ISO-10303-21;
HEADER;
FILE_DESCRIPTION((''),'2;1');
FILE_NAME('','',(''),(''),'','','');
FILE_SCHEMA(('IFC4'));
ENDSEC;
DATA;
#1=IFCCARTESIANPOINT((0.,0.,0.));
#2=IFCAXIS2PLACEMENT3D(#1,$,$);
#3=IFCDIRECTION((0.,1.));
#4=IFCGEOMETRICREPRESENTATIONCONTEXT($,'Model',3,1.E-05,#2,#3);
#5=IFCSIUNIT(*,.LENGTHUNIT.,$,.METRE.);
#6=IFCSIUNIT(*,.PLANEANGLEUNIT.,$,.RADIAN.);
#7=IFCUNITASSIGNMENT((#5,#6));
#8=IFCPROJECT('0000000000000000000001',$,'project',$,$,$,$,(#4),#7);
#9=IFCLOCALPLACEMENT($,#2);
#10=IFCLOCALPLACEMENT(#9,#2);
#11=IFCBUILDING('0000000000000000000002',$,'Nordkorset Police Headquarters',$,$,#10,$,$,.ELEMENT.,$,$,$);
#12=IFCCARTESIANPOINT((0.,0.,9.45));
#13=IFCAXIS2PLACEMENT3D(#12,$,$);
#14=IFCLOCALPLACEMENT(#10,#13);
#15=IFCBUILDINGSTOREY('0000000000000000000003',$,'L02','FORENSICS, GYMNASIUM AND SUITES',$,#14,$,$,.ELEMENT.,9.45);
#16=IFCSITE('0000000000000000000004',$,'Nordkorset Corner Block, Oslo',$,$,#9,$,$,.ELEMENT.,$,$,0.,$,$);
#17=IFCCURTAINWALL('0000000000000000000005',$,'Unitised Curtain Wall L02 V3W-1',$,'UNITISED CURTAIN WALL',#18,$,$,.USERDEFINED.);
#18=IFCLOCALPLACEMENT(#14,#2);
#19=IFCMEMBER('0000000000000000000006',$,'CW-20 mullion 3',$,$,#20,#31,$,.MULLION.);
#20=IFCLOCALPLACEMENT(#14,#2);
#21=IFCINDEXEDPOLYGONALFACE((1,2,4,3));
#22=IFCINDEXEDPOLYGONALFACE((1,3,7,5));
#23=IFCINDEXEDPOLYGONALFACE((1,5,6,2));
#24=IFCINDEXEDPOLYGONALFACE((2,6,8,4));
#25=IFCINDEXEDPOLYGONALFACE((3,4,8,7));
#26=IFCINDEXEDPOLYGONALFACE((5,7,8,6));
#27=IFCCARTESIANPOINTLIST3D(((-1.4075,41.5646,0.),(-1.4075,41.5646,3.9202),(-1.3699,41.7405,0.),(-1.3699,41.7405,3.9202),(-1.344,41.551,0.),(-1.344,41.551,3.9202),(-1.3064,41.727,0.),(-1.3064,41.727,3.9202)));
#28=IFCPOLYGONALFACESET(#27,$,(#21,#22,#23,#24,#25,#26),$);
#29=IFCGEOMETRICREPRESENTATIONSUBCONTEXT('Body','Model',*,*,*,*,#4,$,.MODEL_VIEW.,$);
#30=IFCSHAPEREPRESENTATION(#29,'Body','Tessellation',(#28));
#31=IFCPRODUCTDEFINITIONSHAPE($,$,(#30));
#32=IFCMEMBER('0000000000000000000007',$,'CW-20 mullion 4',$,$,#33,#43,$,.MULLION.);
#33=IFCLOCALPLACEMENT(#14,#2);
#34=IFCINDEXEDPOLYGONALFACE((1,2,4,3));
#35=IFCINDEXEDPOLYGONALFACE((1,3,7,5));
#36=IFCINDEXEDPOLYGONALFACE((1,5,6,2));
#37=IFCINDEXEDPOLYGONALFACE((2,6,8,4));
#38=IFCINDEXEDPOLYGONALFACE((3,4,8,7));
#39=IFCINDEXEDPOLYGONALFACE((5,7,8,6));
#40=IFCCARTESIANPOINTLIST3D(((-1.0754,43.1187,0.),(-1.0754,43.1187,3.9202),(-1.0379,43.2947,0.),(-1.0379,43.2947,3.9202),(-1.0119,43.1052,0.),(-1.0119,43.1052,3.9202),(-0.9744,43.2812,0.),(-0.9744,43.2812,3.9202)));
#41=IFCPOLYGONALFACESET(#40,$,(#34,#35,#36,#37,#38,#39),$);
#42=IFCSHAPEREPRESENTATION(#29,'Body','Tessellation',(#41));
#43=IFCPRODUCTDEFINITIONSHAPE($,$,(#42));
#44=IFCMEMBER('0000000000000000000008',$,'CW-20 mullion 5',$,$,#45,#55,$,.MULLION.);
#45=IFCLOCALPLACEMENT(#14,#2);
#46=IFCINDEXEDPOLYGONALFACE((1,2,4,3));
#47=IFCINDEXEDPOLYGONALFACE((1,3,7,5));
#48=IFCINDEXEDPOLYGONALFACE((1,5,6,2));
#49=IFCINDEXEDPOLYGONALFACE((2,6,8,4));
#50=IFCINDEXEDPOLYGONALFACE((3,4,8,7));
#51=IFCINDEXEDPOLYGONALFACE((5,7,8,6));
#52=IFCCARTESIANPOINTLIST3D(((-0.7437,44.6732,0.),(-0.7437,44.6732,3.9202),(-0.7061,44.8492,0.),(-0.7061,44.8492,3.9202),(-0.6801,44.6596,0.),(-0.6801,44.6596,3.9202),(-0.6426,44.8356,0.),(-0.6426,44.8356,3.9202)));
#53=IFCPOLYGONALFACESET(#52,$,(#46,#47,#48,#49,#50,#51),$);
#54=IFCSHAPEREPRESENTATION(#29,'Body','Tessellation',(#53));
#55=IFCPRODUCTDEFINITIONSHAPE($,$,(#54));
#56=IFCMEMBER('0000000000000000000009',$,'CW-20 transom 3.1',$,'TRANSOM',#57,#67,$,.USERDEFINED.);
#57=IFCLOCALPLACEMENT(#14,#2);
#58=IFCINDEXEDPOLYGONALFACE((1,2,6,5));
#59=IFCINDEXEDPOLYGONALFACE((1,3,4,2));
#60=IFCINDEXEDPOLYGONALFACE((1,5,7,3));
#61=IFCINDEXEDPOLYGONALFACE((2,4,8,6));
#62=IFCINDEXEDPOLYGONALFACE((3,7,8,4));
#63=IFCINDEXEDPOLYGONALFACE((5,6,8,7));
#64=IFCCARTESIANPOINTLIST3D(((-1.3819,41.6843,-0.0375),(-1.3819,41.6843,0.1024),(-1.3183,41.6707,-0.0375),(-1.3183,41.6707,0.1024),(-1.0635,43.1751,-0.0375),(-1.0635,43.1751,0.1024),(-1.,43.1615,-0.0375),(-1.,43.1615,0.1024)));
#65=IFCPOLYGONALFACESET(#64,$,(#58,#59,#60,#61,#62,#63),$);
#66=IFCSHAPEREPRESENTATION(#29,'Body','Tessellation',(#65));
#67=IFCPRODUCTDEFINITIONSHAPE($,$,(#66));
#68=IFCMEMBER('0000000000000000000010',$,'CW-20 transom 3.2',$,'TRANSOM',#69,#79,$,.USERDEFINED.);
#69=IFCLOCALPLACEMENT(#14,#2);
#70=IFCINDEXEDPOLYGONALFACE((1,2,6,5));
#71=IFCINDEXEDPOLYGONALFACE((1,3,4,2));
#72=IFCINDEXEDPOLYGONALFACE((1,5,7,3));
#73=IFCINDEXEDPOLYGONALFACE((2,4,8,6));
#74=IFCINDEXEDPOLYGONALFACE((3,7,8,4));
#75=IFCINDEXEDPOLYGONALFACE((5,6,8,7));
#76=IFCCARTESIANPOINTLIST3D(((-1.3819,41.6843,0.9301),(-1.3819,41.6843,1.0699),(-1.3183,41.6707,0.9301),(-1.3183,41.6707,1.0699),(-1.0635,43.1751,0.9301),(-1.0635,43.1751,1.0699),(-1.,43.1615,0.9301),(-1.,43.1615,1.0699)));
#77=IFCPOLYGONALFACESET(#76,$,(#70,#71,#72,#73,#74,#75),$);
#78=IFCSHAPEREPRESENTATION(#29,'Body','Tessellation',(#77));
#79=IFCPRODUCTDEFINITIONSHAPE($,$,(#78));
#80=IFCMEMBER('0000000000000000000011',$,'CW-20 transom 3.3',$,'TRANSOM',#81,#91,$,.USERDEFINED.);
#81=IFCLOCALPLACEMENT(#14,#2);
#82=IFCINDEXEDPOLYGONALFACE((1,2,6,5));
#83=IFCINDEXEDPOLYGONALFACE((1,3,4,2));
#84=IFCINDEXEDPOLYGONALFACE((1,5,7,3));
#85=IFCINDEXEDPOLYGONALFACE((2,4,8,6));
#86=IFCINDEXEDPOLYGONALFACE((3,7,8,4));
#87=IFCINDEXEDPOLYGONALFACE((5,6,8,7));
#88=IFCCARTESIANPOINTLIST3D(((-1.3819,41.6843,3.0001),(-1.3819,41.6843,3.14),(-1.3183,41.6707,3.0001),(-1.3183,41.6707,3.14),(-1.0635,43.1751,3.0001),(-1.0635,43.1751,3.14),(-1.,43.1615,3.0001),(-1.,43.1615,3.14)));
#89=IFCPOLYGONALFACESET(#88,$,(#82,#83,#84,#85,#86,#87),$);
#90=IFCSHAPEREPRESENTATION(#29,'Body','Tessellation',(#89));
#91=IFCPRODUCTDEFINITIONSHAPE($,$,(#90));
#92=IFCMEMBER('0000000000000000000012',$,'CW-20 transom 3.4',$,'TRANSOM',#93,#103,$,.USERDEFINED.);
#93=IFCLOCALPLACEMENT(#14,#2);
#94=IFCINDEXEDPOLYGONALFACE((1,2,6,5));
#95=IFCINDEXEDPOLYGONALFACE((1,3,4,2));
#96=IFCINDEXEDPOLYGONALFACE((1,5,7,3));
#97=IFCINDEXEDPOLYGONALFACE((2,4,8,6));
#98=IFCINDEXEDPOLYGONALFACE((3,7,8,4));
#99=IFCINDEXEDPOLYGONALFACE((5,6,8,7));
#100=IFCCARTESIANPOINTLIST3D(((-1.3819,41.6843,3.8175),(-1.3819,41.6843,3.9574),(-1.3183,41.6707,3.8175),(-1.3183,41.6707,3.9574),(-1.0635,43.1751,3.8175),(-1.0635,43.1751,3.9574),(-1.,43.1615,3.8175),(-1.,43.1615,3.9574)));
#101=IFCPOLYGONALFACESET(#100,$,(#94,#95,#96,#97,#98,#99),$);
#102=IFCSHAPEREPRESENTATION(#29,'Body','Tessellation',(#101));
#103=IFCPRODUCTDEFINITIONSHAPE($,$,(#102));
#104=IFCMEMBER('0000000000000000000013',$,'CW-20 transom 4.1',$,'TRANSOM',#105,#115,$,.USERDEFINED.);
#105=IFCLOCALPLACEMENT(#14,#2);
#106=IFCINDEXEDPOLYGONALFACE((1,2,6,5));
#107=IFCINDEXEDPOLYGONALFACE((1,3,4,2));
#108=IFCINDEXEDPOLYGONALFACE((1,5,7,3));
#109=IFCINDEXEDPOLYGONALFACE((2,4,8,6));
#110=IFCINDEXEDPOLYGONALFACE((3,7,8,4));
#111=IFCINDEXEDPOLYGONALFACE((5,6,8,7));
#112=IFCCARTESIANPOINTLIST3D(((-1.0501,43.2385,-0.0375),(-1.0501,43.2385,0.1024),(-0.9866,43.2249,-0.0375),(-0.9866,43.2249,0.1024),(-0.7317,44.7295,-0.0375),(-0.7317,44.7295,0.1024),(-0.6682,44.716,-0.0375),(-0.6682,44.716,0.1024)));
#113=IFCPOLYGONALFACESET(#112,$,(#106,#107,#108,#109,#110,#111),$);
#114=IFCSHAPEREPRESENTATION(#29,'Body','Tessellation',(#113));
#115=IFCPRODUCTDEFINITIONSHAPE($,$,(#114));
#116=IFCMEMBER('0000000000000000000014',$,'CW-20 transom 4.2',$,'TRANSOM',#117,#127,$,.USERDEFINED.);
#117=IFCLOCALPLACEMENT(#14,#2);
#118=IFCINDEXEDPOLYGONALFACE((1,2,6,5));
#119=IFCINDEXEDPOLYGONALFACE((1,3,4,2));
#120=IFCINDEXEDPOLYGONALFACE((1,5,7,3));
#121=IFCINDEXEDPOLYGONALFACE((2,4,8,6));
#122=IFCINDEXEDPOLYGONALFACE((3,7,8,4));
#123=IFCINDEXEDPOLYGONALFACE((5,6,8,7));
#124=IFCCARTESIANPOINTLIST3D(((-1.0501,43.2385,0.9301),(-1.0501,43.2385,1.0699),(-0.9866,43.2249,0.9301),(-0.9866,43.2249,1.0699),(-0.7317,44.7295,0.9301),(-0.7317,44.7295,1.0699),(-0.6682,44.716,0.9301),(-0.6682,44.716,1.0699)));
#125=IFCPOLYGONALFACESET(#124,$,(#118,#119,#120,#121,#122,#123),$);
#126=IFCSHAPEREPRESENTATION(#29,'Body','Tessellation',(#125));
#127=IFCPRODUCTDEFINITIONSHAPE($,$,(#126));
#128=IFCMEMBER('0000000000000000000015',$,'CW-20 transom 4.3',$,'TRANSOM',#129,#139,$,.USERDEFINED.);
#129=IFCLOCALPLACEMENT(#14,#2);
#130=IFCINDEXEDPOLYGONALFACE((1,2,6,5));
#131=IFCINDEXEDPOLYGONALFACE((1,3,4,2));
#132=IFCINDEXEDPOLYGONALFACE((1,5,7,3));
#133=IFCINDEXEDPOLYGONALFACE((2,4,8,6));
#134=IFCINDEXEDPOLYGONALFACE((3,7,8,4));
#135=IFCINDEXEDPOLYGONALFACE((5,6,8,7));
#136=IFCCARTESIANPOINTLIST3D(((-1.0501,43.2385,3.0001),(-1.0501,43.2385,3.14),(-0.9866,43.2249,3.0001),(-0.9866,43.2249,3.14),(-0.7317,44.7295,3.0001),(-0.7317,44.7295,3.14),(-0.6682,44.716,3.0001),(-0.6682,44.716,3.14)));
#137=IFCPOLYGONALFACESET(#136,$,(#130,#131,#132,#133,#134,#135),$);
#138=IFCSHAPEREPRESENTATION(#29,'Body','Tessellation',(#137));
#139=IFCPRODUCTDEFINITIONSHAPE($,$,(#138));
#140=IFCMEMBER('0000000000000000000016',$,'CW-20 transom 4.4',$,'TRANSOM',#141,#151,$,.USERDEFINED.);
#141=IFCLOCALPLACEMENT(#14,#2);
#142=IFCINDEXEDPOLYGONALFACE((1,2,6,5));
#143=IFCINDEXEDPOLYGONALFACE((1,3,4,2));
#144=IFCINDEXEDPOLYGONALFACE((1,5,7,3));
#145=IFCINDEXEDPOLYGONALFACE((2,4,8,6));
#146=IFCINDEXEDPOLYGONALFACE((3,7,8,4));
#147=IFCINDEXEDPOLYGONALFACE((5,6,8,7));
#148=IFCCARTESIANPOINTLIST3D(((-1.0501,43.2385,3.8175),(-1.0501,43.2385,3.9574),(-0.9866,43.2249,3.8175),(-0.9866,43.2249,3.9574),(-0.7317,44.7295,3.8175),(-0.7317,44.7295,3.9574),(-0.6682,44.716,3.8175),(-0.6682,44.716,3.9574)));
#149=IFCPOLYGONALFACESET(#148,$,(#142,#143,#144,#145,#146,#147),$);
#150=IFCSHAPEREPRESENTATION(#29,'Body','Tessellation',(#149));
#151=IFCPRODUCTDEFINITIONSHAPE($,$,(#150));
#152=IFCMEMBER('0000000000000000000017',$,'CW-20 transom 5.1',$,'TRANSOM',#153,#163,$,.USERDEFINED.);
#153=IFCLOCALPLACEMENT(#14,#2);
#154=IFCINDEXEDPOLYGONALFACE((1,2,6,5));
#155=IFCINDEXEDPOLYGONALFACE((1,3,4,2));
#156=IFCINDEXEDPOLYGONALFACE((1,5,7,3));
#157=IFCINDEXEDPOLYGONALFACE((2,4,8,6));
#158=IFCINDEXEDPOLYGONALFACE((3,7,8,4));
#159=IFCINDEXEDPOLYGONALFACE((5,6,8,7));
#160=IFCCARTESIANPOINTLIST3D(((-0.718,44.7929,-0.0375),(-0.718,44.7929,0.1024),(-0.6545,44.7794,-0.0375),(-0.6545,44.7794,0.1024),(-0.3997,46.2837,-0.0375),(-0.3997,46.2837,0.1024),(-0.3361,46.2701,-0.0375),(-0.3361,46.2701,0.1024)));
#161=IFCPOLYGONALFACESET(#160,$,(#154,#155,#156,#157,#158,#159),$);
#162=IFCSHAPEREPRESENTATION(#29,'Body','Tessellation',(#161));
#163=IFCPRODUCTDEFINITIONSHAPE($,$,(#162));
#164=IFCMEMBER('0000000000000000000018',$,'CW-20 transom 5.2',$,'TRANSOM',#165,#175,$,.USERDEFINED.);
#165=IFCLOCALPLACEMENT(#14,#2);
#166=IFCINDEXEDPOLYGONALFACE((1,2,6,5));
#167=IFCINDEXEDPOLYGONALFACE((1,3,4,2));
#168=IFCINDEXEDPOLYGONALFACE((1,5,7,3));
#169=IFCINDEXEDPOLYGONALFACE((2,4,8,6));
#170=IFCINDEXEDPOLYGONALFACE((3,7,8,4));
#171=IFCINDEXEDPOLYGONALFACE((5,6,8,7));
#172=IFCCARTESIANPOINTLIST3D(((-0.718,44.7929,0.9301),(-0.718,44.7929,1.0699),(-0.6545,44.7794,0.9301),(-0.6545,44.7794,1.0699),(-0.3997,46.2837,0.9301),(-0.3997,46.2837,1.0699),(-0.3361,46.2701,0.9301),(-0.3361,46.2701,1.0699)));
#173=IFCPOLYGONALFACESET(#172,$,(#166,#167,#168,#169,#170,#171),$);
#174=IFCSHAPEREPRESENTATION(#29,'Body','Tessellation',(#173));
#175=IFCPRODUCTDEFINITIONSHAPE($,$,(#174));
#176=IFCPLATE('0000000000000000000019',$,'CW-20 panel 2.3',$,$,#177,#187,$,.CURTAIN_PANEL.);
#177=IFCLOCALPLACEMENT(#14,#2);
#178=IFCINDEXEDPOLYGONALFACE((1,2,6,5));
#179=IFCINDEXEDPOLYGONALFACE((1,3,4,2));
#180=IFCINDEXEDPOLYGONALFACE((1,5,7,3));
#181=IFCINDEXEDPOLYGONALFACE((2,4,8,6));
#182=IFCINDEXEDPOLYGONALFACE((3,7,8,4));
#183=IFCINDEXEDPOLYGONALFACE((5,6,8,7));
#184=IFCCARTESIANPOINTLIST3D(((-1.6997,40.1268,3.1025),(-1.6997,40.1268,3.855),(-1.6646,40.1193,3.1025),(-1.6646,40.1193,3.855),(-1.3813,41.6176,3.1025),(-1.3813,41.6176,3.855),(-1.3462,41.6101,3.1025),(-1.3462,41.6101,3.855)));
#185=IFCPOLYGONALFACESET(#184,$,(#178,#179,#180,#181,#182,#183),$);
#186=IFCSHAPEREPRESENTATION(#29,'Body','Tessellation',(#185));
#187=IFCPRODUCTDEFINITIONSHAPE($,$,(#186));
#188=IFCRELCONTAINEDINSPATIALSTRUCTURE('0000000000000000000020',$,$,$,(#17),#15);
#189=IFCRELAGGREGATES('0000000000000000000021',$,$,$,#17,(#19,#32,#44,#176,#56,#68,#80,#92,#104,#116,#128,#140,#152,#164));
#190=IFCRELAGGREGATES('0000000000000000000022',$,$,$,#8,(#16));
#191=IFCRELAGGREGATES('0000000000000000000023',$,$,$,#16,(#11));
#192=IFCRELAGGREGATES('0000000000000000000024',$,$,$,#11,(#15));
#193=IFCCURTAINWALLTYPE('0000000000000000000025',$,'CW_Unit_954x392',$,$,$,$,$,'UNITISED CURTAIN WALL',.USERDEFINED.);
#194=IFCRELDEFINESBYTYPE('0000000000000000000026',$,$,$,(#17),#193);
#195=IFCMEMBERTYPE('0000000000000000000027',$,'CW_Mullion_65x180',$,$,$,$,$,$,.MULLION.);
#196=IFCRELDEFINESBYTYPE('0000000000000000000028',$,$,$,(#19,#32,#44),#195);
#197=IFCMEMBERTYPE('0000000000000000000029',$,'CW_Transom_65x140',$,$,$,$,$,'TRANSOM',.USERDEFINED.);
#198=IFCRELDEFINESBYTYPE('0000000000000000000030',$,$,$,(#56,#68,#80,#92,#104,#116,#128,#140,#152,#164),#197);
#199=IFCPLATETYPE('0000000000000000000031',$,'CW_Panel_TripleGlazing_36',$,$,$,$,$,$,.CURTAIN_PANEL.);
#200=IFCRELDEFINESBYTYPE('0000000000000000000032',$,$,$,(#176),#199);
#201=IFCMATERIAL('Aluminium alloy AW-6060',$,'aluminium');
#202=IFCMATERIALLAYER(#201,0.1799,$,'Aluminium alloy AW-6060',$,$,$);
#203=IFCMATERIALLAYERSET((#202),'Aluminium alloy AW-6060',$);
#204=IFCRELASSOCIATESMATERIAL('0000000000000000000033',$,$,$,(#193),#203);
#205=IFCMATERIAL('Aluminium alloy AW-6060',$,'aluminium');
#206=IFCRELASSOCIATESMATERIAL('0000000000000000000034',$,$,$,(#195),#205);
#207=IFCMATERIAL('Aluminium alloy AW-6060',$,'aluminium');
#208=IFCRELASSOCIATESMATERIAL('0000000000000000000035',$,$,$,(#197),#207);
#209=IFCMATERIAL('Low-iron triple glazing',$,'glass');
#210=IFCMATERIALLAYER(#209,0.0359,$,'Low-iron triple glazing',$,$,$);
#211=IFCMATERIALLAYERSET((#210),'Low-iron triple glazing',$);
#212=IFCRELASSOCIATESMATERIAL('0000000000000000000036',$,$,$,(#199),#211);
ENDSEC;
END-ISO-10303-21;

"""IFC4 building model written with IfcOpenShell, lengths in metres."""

from ifc_helpers import new_model, si_unit, direction, frame, origin, origin_2d, place, context, subcontext, project, spatial, rectangle, extrude, material, layer, layer_set, material_profile, profile_set, type_object, element, aggregate, save


model = new_model("IFC4")

# Units and contexts
model_context = context("Model", 3, precision=1e-05, world=origin(), true_north=direction((0.0, 1.0)))
body_context = subcontext(model_context, "Body", "Model", "MODEL_VIEW")
ifc_project = project(units=[si_unit("LENGTHUNIT", "METRE"), si_unit("PLANEANGLEUNIT", "RADIAN")], contexts=[model_context])

# Site, building, storey
site_placement = place(None, origin())
site = spatial("IfcSite", under=ifc_project, at=site_placement, Name="Nordkorset Corner Block, Oslo", CompositionType="ELEMENT", RefElevation=0.0)
building_placement = place(site_placement, origin())
building = spatial("IfcBuilding", under=site, at=building_placement, Name="Nordkorset Police Headquarters", CompositionType="ELEMENT")
storey_placement = place(building_placement, frame((0.0, 0.0, 9.45)))
storey = spatial("IfcBuildingStorey", under=building, at=storey_placement, Name="L02", Description="FORENSICS, GYMNASIUM AND SUITES", CompositionType="ELEMENT", Elevation=9.45)

# Curtain wall, members, plate
ifc_material_1 = material(Name="Aluminium alloy AW-6060", Category="aluminium")
ifc_layer_1 = layer(ifc_material_1, 0.1799, Name="Aluminium alloy AW-6060")
ifc_layer_set_1 = layer_set([ifc_layer_1], Name="Aluminium alloy AW-6060")
curtain_wall_type = type_object("IfcCurtainWallType", Name="CW_Unit_954x392", ElementType="UNITISED CURTAIN WALL", PredefinedType="USERDEFINED", material=ifc_layer_set_1)
curtain_wall_placement = place(storey_placement, origin())
curtain_wall = element("IfcCurtainWall", 1, at=curtain_wall_placement, inside=storey, type_object=curtain_wall_type, Name="Unitised Curtain Wall L02 V3W-1", ObjectType="UNITISED CURTAIN WALL", PredefinedType="USERDEFINED")
ifc_material_2 = material(Name="Aluminium alloy AW-6060", Category="aluminium")
ifc_material_profile_1 = material_profile(ifc_material_2, rectangle(XDim=0.0649, YDim=0.1799, at=origin_2d()), Name="ALU MULL 65x180")
ifc_profile_set_1 = profile_set([ifc_material_profile_1], Name="Aluminium alloy AW-6060")
member_type_1 = type_object("IfcMemberType", Name="CW_Mullion_65x180", PredefinedType="MULLION", material=ifc_profile_set_1)
member_1_placement = place(storey_placement, frame((-1.3569, 41.6458, 0.0), z_axis=(0.0, 0.0, 1.0), x_axis=(-0.977951, 0.208833, 0.0)))
member_1 = element("IfcMember", 2, at=member_1_placement, type_object=member_type_1, Name="CW-20 mullion 3", PredefinedType="MULLION", context=body_context, shape_type="SweptSolid", body=[
    extrude(rectangle(XDim=0.0649, YDim=0.1799, at=origin_2d()), origin(), (0.0, 0.0, 1.0), 3.9202),
])
member_2_placement = place(storey_placement, frame((-1.0249, 43.2, 0.0), z_axis=(0.0, 0.0, 1.0), x_axis=(-0.977951, 0.208833, 0.0)))
member_2 = element("IfcMember", 3, at=member_2_placement, type_object=member_type_1, Name="CW-20 mullion 4", PredefinedType="MULLION", context=body_context, shape_type="SweptSolid", body=[
    extrude(rectangle(XDim=0.0649, YDim=0.1799, at=origin_2d()), origin(), (0.0, 0.0, 1.0), 3.9202),
])
member_3_placement = place(storey_placement, frame((-0.6931, 44.7544, 0.0), z_axis=(0.0, 0.0, 1.0), x_axis=(-0.977951, 0.208833, 0.0)))
member_3 = element("IfcMember", 4, at=member_3_placement, type_object=member_type_1, Name="CW-20 mullion 5", PredefinedType="MULLION", context=body_context, shape_type="SweptSolid", body=[
    extrude(rectangle(XDim=0.0649, YDim=0.1799, at=origin_2d()), origin(), (0.0, 0.0, 1.0), 3.9202),
])
ifc_material_3 = material(Name="Aluminium alloy AW-6060", Category="aluminium")
ifc_material_profile_2 = material_profile(ifc_material_3, rectangle(XDim=0.0649, YDim=0.1399, at=origin_2d()), Name="ALU TRAN 65x140")
ifc_profile_set_2 = profile_set([ifc_material_profile_2], Name="Aluminium alloy AW-6060")
member_type_2 = type_object("IfcMemberType", Name="CW_Transom_65x140", ElementType="TRANSOM", PredefinedType="USERDEFINED", material=ifc_profile_set_2)
member_4_placement = place(storey_placement, frame((-1.3501, 41.6775, 0.0325), z_axis=(0.208851, 0.977947, 0.0), x_axis=(-0.977947, 0.208851, 0.0)))
member_4 = element("IfcMember", 5, at=member_4_placement, type_object=member_type_2, Name="CW-20 transom 3.1", ObjectType="TRANSOM", PredefinedType="USERDEFINED", context=body_context, shape_type="SweptSolid", body=[
    extrude(rectangle(XDim=0.0649, YDim=0.1399, at=origin_2d()), origin(), (0.0, 0.0, 1.0), 1.5244),
])
member_5_placement = place(storey_placement, frame((-1.3501, 41.6775, 1.0), z_axis=(0.208851, 0.977947, 0.0), x_axis=(-0.977947, 0.208851, 0.0)))
member_5 = element("IfcMember", 6, at=member_5_placement, type_object=member_type_2, Name="CW-20 transom 3.2", ObjectType="TRANSOM", PredefinedType="USERDEFINED", context=body_context, shape_type="SweptSolid", body=[
    extrude(rectangle(XDim=0.0649, YDim=0.1399, at=origin_2d()), origin(), (0.0, 0.0, 1.0), 1.5244),
])
member_6_placement = place(storey_placement, frame((-1.3501, 41.6775, 3.0701), z_axis=(0.208851, 0.977947, 0.0), x_axis=(-0.977947, 0.208851, 0.0)))
member_6 = element("IfcMember", 7, at=member_6_placement, type_object=member_type_2, Name="CW-20 transom 3.3", ObjectType="TRANSOM", PredefinedType="USERDEFINED", context=body_context, shape_type="SweptSolid", body=[
    extrude(rectangle(XDim=0.0649, YDim=0.1399, at=origin_2d()), origin(), (0.0, 0.0, 1.0), 1.5244),
])
member_7_placement = place(storey_placement, frame((-1.3501, 41.6775, 3.8875), z_axis=(0.208851, 0.977947, 0.0), x_axis=(-0.977947, 0.208851, 0.0)))
member_7 = element("IfcMember", 8, at=member_7_placement, type_object=member_type_2, Name="CW-20 transom 3.4", ObjectType="TRANSOM", PredefinedType="USERDEFINED", context=body_context, shape_type="SweptSolid", body=[
    extrude(rectangle(XDim=0.0649, YDim=0.1399, at=origin_2d()), origin(), (0.0, 0.0, 1.0), 1.5244),
])
member_8_placement = place(storey_placement, frame((-1.0183, 43.2317, 0.0325), z_axis=(0.208818, 0.977954, 0.0), x_axis=(-0.977954, 0.208818, 0.0)))
member_8 = element("IfcMember", 9, at=member_8_placement, type_object=member_type_2, Name="CW-20 transom 4.1", ObjectType="TRANSOM", PredefinedType="USERDEFINED", context=body_context, shape_type="SweptSolid", body=[
    extrude(rectangle(XDim=0.0649, YDim=0.1399, at=origin_2d()), origin(), (0.0, 0.0, 1.0), 1.5247),
])
member_9_placement = place(storey_placement, frame((-1.0183, 43.2317, 1.0), z_axis=(0.208818, 0.977954, 0.0), x_axis=(-0.977954, 0.208818, 0.0)))
member_9 = element("IfcMember", 10, at=member_9_placement, type_object=member_type_2, Name="CW-20 transom 4.2", ObjectType="TRANSOM", PredefinedType="USERDEFINED", context=body_context, shape_type="SweptSolid", body=[
    extrude(rectangle(XDim=0.0649, YDim=0.1399, at=origin_2d()), origin(), (0.0, 0.0, 1.0), 1.5247),
])
member_10_placement = place(storey_placement, frame((-1.0183, 43.2317, 3.0701), z_axis=(0.208818, 0.977954, 0.0), x_axis=(-0.977954, 0.208818, 0.0)))
member_10 = element("IfcMember", 11, at=member_10_placement, type_object=member_type_2, Name="CW-20 transom 4.3", ObjectType="TRANSOM", PredefinedType="USERDEFINED", context=body_context, shape_type="SweptSolid", body=[
    extrude(rectangle(XDim=0.0649, YDim=0.1399, at=origin_2d()), origin(), (0.0, 0.0, 1.0), 1.5247),
])
member_11_placement = place(storey_placement, frame((-1.0183, 43.2317, 3.8875), z_axis=(0.208818, 0.977954, 0.0), x_axis=(-0.977954, 0.208818, 0.0)))
member_11 = element("IfcMember", 12, at=member_11_placement, type_object=member_type_2, Name="CW-20 transom 4.4", ObjectType="TRANSOM", PredefinedType="USERDEFINED", context=body_context, shape_type="SweptSolid", body=[
    extrude(rectangle(XDim=0.0649, YDim=0.1399, at=origin_2d()), origin(), (0.0, 0.0, 1.0), 1.5247),
])
member_12_placement = place(storey_placement, frame((-0.6863, 44.7861, 0.0325), z_axis=(0.208851, 0.977947, 0.0), x_axis=(-0.977947, 0.208851, 0.0)))
member_12 = element("IfcMember", 13, at=member_12_placement, type_object=member_type_2, Name="CW-20 transom 5.1", ObjectType="TRANSOM", PredefinedType="USERDEFINED", context=body_context, shape_type="SweptSolid", body=[
    extrude(rectangle(XDim=0.0649, YDim=0.1399, at=origin_2d()), origin(), (0.0, 0.0, 1.0), 1.5244),
])
member_13_placement = place(storey_placement, frame((-0.6863, 44.7861, 1.0), z_axis=(0.208851, 0.977947, 0.0), x_axis=(-0.977947, 0.208851, 0.0)))
member_13 = element("IfcMember", 14, at=member_13_placement, type_object=member_type_2, Name="CW-20 transom 5.2", ObjectType="TRANSOM", PredefinedType="USERDEFINED", context=body_context, shape_type="SweptSolid", body=[
    extrude(rectangle(XDim=0.0649, YDim=0.1399, at=origin_2d()), origin(), (0.0, 0.0, 1.0), 1.5244),
])
ifc_material_4 = material(Name="Low-iron triple glazing", Category="glass")
ifc_layer_2 = layer(ifc_material_4, 0.0359, Name="Low-iron triple glazing")
ifc_layer_set_2 = layer_set([ifc_layer_2], Name="Low-iron triple glazing")
plate_type = type_object("IfcPlateType", Name="CW_Panel_TripleGlazing_36", PredefinedType="CURTAIN_PANEL", material=ifc_layer_set_2)
plate_1_placement = place(storey_placement, frame((-1.5229, 40.8684, 3.1025), z_axis=(0.0, 0.0, 1.0), x_axis=(0.208833, 0.977951, 0.0)))
plate_1 = element("IfcPlate", 15, at=plate_1_placement, type_object=plate_type, Name="CW-20 panel 2.3", PredefinedType="CURTAIN_PANEL", context=body_context, shape_type="SweptSolid", body=[
    extrude(rectangle(XDim=1.5244, YDim=0.0359, at=origin_2d()), origin(), (0.0, 0.0, 1.0), 0.7524),
])
aggregate(curtain_wall, [member_1, member_2, member_3, plate_1, member_4, member_5, member_6, member_7, member_8, member_9, member_10, member_11, member_12, member_13])

save(model, "model.ifc")
